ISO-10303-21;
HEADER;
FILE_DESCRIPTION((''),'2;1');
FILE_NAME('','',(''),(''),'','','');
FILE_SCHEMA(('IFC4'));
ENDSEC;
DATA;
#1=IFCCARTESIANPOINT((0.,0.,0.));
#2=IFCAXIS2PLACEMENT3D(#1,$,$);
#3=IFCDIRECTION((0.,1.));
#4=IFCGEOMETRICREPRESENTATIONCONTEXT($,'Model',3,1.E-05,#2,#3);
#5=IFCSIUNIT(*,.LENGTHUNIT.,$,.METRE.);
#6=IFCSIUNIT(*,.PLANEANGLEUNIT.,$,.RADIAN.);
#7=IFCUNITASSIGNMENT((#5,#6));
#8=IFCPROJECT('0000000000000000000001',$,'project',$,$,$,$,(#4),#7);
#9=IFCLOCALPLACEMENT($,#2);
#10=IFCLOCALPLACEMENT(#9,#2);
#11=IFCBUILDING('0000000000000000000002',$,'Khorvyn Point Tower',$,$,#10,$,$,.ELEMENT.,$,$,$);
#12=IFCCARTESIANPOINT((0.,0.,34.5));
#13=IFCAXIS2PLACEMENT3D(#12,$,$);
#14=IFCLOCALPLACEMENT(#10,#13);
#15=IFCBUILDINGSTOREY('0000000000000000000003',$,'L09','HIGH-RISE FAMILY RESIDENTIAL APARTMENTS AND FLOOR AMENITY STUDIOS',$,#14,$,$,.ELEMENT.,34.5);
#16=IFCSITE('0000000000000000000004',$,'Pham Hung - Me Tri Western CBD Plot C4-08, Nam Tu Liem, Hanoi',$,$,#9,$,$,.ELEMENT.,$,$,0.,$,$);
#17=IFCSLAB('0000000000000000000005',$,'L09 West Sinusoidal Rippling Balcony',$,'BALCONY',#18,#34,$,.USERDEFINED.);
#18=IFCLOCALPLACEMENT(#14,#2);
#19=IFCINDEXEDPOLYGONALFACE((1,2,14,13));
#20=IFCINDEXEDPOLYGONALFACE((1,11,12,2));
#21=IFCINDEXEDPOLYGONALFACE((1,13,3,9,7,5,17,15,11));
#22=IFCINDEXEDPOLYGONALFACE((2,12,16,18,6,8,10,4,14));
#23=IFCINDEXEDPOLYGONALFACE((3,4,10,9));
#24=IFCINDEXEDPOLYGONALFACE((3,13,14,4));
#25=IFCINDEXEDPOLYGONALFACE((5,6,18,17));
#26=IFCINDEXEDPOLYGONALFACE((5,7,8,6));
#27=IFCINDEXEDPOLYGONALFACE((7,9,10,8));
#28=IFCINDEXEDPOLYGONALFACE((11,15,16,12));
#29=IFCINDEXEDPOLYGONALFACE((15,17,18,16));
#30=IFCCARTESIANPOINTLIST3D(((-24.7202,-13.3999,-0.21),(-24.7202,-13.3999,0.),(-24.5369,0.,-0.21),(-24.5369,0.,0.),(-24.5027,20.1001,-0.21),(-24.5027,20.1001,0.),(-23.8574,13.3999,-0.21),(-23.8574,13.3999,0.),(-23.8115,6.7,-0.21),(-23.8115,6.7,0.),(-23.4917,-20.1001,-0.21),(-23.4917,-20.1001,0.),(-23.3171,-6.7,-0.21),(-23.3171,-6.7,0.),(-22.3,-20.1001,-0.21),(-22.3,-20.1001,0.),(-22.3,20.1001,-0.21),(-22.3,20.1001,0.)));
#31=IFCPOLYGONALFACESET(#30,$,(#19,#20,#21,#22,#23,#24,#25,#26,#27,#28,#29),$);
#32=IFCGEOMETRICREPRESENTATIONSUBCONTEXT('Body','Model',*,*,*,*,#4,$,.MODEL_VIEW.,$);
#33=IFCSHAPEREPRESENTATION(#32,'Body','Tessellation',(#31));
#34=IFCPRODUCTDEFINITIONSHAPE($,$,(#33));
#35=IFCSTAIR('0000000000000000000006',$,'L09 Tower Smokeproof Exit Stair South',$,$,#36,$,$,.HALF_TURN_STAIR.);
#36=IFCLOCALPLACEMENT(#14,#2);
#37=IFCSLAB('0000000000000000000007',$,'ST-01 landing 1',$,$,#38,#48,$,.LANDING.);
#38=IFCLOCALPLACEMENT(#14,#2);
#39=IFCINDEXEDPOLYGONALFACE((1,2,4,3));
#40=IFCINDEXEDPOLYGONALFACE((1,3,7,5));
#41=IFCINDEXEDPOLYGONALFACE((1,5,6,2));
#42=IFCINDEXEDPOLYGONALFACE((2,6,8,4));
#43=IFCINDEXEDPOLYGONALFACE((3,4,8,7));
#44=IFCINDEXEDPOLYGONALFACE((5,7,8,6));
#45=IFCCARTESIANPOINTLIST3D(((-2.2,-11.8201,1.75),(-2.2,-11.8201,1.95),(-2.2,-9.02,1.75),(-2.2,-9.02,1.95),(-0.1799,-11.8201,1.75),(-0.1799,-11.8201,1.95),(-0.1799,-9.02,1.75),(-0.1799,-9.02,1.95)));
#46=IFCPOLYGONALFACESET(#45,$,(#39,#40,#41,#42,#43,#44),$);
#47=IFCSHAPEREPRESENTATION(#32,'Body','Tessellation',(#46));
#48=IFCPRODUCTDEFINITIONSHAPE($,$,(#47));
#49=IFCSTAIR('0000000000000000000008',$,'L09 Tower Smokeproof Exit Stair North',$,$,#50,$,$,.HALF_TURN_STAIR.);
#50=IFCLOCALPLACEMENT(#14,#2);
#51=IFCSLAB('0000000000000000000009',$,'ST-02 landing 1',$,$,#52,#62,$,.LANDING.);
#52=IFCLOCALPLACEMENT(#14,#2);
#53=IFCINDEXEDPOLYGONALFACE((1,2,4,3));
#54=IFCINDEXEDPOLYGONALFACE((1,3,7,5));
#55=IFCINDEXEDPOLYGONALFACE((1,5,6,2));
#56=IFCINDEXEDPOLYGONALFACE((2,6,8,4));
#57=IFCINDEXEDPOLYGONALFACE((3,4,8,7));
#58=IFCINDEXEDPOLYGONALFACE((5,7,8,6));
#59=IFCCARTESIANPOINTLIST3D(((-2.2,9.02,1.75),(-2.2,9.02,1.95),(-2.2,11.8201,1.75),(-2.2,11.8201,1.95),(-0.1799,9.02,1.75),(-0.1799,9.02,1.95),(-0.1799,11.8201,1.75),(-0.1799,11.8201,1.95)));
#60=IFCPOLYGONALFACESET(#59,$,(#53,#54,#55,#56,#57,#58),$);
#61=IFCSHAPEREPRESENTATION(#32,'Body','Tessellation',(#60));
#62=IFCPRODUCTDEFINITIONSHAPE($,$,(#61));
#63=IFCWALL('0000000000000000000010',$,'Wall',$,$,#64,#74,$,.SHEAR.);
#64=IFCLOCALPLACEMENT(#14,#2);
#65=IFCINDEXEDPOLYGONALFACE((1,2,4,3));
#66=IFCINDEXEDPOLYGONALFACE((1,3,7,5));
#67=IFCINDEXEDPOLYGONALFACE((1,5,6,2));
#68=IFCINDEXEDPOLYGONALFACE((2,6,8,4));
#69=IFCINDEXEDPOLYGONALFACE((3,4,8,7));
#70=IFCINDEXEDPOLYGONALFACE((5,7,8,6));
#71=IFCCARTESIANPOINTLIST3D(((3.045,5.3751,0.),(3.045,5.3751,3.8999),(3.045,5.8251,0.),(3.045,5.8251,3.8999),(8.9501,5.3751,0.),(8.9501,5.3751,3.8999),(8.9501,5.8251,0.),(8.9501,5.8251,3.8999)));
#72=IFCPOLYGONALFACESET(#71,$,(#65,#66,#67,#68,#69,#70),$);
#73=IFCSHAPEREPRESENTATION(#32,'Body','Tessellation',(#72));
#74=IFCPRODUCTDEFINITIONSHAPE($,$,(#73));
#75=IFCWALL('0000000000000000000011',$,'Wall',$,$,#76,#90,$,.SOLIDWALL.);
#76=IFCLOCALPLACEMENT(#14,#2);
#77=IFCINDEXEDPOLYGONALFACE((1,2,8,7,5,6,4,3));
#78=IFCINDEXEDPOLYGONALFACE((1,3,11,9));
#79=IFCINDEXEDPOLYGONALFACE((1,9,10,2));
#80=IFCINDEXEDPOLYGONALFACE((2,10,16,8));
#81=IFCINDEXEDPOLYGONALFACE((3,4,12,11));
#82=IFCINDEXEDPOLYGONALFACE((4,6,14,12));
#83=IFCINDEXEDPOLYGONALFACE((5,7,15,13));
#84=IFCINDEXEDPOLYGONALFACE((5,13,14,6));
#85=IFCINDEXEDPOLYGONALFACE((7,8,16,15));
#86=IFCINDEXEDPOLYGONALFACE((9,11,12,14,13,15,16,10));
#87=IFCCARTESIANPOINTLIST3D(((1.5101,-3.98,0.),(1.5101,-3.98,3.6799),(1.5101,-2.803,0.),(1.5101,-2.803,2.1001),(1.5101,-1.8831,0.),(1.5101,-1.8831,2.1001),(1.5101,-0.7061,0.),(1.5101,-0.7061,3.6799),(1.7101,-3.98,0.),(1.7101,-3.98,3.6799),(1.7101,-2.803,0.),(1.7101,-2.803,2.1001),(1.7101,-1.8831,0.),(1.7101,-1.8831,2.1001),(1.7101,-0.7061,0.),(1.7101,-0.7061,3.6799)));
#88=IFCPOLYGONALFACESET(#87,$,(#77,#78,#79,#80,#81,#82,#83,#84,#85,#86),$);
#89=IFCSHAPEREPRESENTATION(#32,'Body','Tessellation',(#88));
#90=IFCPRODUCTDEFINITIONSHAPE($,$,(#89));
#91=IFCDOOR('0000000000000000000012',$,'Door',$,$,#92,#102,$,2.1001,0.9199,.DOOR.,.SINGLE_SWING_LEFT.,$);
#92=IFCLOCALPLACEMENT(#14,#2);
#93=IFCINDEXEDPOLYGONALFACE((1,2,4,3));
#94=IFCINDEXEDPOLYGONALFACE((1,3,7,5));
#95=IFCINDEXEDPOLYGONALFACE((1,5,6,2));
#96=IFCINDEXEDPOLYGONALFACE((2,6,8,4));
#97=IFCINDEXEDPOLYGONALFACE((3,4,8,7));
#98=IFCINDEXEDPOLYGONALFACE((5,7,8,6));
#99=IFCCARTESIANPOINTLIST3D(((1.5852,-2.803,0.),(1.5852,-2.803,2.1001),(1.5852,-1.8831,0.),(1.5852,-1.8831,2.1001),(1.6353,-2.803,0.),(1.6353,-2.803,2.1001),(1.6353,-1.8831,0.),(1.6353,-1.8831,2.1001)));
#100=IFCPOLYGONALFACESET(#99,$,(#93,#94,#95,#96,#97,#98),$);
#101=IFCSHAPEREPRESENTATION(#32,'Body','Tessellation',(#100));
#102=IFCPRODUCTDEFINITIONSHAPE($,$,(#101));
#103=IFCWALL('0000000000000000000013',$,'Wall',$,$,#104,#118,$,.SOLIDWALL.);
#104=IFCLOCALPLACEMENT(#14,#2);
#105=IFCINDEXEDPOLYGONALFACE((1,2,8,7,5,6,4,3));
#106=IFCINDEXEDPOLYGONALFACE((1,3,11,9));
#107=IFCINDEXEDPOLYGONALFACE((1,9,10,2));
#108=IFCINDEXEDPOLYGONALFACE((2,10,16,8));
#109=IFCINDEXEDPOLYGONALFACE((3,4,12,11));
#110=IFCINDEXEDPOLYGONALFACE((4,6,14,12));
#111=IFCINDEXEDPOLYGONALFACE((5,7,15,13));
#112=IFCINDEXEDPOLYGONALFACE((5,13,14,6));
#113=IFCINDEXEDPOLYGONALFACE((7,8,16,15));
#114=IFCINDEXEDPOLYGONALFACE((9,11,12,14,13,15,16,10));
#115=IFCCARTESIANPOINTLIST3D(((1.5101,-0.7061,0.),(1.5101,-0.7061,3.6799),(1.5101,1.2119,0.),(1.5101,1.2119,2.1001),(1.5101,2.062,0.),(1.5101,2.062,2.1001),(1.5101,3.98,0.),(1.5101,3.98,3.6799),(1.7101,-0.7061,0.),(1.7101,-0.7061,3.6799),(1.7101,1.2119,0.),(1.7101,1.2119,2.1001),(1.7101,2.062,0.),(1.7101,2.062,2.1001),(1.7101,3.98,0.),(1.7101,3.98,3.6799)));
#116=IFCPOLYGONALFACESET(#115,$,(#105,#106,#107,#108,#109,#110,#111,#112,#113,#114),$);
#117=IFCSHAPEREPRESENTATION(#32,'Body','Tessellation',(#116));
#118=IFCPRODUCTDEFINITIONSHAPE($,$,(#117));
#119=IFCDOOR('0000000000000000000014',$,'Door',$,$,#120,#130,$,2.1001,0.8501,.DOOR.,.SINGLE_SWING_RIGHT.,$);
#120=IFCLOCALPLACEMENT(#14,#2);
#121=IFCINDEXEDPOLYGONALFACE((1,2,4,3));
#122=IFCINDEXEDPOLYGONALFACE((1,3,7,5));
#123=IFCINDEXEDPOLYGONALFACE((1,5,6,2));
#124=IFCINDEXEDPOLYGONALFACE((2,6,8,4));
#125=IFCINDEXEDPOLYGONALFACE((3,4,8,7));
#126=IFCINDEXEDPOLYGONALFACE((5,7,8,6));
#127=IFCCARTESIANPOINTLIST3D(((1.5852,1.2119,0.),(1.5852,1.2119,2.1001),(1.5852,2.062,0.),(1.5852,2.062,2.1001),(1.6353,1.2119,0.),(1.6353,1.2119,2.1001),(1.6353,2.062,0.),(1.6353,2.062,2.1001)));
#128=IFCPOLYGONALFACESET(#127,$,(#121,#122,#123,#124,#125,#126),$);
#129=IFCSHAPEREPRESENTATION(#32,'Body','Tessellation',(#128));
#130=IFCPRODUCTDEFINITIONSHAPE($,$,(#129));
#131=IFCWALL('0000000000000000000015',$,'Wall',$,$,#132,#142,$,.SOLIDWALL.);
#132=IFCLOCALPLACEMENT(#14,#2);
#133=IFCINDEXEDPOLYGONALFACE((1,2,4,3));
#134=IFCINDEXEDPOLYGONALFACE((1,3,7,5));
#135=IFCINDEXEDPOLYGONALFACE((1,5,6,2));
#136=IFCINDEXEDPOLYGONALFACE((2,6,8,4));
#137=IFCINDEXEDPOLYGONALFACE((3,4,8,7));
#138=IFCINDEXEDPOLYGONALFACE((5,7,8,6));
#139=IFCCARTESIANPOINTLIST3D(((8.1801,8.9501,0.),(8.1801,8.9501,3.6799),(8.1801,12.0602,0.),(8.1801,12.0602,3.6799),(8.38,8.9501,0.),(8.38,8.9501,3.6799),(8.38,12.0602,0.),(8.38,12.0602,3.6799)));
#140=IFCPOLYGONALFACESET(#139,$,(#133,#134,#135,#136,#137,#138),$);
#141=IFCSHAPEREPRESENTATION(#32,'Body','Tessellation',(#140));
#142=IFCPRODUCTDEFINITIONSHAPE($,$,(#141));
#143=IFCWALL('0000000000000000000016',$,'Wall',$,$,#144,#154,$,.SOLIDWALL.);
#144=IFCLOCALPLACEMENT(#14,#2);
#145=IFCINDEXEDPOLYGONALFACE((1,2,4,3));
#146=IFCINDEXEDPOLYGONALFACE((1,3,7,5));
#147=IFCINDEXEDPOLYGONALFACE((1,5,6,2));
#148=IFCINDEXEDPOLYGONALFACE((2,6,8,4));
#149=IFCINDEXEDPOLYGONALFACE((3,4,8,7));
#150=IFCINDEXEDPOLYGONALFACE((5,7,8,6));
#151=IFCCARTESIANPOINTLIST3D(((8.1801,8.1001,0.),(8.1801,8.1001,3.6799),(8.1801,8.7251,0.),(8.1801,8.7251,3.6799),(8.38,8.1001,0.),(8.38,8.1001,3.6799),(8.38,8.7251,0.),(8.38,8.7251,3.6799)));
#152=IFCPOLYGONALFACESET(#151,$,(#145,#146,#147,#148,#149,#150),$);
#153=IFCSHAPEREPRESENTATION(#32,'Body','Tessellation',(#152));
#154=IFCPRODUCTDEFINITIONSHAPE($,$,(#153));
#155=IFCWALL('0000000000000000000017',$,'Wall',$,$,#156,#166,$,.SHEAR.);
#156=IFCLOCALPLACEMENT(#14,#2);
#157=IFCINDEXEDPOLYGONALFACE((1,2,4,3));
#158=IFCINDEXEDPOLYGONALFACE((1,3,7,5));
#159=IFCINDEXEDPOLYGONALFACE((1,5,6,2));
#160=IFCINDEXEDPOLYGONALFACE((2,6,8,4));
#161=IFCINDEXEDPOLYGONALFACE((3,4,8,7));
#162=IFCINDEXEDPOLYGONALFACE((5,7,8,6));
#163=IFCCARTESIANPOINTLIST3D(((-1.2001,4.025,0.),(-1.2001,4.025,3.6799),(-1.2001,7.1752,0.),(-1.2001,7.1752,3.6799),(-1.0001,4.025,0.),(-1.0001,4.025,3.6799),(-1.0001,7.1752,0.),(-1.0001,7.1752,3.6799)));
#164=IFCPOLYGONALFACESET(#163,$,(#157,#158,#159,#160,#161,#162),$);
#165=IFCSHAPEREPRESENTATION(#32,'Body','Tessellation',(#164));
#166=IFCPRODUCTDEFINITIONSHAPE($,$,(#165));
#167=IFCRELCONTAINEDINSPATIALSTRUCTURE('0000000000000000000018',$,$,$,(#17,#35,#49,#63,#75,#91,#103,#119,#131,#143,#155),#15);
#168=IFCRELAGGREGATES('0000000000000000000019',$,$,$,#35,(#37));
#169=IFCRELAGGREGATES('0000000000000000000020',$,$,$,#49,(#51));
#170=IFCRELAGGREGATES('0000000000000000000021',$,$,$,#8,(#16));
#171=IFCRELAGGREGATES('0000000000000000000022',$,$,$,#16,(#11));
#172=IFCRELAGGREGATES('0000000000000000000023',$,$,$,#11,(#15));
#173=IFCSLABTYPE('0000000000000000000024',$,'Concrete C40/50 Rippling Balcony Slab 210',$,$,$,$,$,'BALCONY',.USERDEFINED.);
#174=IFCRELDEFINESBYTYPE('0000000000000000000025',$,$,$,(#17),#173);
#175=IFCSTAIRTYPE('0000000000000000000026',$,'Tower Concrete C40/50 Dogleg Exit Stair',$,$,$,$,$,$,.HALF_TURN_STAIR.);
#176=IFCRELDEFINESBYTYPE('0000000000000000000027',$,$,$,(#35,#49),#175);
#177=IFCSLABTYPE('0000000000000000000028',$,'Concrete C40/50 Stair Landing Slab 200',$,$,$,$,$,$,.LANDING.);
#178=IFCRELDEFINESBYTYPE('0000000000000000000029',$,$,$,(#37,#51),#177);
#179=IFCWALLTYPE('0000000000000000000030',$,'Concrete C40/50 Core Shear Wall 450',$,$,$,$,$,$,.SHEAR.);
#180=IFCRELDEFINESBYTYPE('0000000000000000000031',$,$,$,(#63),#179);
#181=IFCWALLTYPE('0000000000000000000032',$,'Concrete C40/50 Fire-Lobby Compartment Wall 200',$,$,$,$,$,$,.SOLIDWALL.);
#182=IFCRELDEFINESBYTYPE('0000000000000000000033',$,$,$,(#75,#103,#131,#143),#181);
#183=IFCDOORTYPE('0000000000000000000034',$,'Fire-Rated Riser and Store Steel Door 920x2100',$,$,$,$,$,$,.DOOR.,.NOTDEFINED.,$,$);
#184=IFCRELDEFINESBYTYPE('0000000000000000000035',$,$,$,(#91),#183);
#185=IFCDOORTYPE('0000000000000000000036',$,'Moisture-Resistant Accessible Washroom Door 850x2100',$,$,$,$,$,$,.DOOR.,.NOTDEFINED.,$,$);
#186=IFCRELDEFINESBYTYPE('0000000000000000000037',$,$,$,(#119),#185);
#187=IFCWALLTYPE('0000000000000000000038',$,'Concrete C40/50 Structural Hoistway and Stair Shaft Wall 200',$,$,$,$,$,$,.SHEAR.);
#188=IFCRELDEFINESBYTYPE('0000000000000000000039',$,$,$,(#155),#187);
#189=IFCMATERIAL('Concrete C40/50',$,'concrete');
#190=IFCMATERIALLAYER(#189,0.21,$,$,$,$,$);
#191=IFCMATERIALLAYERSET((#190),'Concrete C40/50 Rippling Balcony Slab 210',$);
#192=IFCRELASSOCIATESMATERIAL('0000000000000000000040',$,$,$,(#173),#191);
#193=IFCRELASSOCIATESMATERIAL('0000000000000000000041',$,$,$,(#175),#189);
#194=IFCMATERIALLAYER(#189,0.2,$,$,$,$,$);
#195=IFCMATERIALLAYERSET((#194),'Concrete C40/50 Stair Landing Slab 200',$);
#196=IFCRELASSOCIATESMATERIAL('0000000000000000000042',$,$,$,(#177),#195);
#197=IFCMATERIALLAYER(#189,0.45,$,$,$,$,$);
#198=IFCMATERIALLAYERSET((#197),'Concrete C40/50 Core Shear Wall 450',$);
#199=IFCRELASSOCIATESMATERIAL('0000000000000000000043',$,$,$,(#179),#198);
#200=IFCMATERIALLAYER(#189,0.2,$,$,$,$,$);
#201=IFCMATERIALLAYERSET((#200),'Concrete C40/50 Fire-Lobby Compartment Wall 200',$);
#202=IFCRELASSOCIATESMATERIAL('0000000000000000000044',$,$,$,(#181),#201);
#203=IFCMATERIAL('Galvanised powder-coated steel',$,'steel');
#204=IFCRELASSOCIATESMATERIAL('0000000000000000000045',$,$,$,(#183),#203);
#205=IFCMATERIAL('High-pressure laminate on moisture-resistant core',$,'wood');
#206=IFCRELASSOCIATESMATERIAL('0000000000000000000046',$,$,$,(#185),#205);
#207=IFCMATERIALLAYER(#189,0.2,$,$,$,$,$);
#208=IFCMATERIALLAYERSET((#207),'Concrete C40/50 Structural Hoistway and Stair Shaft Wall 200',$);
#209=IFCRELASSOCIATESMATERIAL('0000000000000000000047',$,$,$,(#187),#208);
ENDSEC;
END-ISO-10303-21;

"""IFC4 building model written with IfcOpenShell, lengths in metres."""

from ifc_helpers import new_model, si_unit, direction, frame, frame_2d, origin, place, context, subcontext, project, spatial, polyline, rectangle, outline, extrude, material, layer, layer_set, type_object, element, fill, aggregate, save


model = new_model("IFC4")

# Units and contexts
model_context = context("Model", 3, precision=1e-05, world=origin(), true_north=direction((0.0, 1.0)))
body_context = subcontext(model_context, "Body", "Model", "MODEL_VIEW")
ifc_project = project(units=[si_unit("LENGTHUNIT", "METRE"), si_unit("PLANEANGLEUNIT", "RADIAN")], contexts=[model_context])

# Site, building, storey
site_placement = place(None, origin())
site = spatial("IfcSite", under=ifc_project, at=site_placement, Name="Pham Hung - Me Tri Western CBD Plot C4-08, Nam Tu Liem, Hanoi", CompositionType="ELEMENT", RefElevation=0.0)
building_placement = place(site_placement, origin())
building = spatial("IfcBuilding", under=site, at=building_placement, Name="Khorvyn Point Tower", CompositionType="ELEMENT")
storey_placement = place(building_placement, frame((0.0, 0.0, 34.5)))
storey = spatial("IfcBuildingStorey", under=building, at=storey_placement, Name="L09", Description="HIGH-RISE FAMILY RESIDENTIAL APARTMENTS AND FLOOR AMENITY STUDIOS", CompositionType="ELEMENT", Elevation=34.5)

# Shared definitions
ifc_material_1 = material(Name="Concrete C40/50", Category="concrete")

# Slab
ifc_layer_1 = layer(ifc_material_1, 0.21)
ifc_layer_set_1 = layer_set([ifc_layer_1], Name="Concrete C40/50 Rippling Balcony Slab 210")
slab_type_1 = type_object("IfcSlabType", Name="Concrete C40/50 Rippling Balcony Slab 210", ElementType="BALCONY", PredefinedType="USERDEFINED", material=ifc_layer_set_1)
slab_1_placement = place(storey_placement, frame((0.0, 0.0, -0.21)))
element("IfcSlab", 1, at=slab_1_placement, inside=storey, type_object=slab_type_1, Name="L09 West Sinusoidal Rippling Balcony", ObjectType="BALCONY", PredefinedType="USERDEFINED", context=body_context, shape_type="SweptSolid", body=[
    extrude(outline(polyline([(-22.3, 20.1001), (-24.5027, 20.1001), (-23.8574, 13.3999), (-23.8115, 6.7), (-24.5369, 0.0), (-23.3171, -6.7), (-24.7202, -13.3999), (-23.4917, -20.1001), (-22.3, -20.1001), (-22.3, 20.1001)])), origin(), (0.0, 0.0, 1.0), 0.21),
])

# Stairs, slabs
stair_type = type_object("IfcStairType", Name="Tower Concrete C40/50 Dogleg Exit Stair", PredefinedType="HALF_TURN_STAIR", material=ifc_material_1)
stair_1_placement = place(storey_placement, origin())
stair_1 = element("IfcStair", 2, at=stair_1_placement, inside=storey, type_object=stair_type, Name="L09 Tower Smokeproof Exit Stair South", PredefinedType="HALF_TURN_STAIR")
ifc_layer_2 = layer(ifc_material_1, 0.2)
ifc_layer_set_2 = layer_set([ifc_layer_2], Name="Concrete C40/50 Stair Landing Slab 200")
slab_type_2 = type_object("IfcSlabType", Name="Concrete C40/50 Stair Landing Slab 200", PredefinedType="LANDING", material=ifc_layer_set_2)
slab_2_placement = place(storey_placement, frame((0.0, 0.0, 1.75)))
slab_2 = element("IfcSlab", 3, at=slab_2_placement, type_object=slab_type_2, Name="ST-01 landing 1", PredefinedType="LANDING", context=body_context, shape_type="SweptSolid", body=[
    extrude(outline(polyline([(-0.1799, -9.02), (-2.2, -9.02), (-2.2, -11.8201), (-0.1799, -11.8201), (-0.1799, -9.02)])), origin(), (0.0, 0.0, 1.0), 0.2),
])
aggregate(stair_1, [slab_2])
stair_2_placement = place(storey_placement, origin())
stair_2 = element("IfcStair", 4, at=stair_2_placement, inside=storey, type_object=stair_type, Name="L09 Tower Smokeproof Exit Stair North", PredefinedType="HALF_TURN_STAIR")
slab_3_placement = place(storey_placement, frame((0.0, 0.0, 1.75)))
slab_3 = element("IfcSlab", 5, at=slab_3_placement, type_object=slab_type_2, Name="ST-02 landing 1", PredefinedType="LANDING", context=body_context, shape_type="SweptSolid", body=[
    extrude(outline(polyline([(-0.1799, 11.8201), (-2.2, 11.8201), (-2.2, 9.02), (-0.1799, 9.02), (-0.1799, 11.8201)])), origin(), (0.0, 0.0, 1.0), 0.2),
])
aggregate(stair_2, [slab_3])

# Wall
ifc_layer_3 = layer(ifc_material_1, 0.45)
ifc_layer_set_3 = layer_set([ifc_layer_3], Name="Concrete C40/50 Core Shear Wall 450")
wall_type_1 = type_object("IfcWallType", Name="Concrete C40/50 Core Shear Wall 450", PredefinedType="SHEAR", material=ifc_layer_set_3)
wall_1_placement = place(storey_placement, frame((3.0449, 5.6001, 0.0), z_axis=(0.0, 0.0, 1.0), x_axis=(1.0, 0.0, 0.0)))
element("IfcWall", 6, at=wall_1_placement, inside=storey, type_object=wall_type_1, Name="Wall", PredefinedType="SHEAR", context=body_context, shape_type="SweptSolid", body=[
    extrude(rectangle(XDim=5.905, YDim=0.45, at=frame_2d((2.9526, 0.0))), origin(), (0.0, 0.0, 1.0), 3.8999),
])

# Walls, openings, doors
ifc_layer_4 = layer(ifc_material_1, 0.2)
ifc_layer_set_4 = layer_set([ifc_layer_4], Name="Concrete C40/50 Fire-Lobby Compartment Wall 200")
wall_type_2 = type_object("IfcWallType", Name="Concrete C40/50 Fire-Lobby Compartment Wall 200", PredefinedType="SOLIDWALL", material=ifc_layer_set_4)
wall_2_placement = place(storey_placement, frame((1.6101, -3.98, 0.0), z_axis=(0.0, 0.0, 1.0), x_axis=(0.0, 1.0, 0.0)))
wall_2 = element("IfcWall", 7, at=wall_2_placement, inside=storey, type_object=wall_type_2, Name="Wall", PredefinedType="SOLIDWALL", context=body_context, shape_type="SweptSolid", body=[
    extrude(rectangle(XDim=3.2739, YDim=0.2, at=frame_2d((1.637, 0.0))), origin(), (0.0, 0.0, 1.0), 3.6799),
])
opening_1_placement = place(wall_2_placement, frame((1.177, 0.0, 0.0)))
opening_1 = element("IfcOpeningElement", 8, at=opening_1_placement, cuts=wall_2, PredefinedType="OPENING", context=body_context, shape_type="SweptSolid", body=[
    extrude(rectangle(XDim=0.9199, YDim=2.1001, at=frame_2d((0.46, 1.05))), frame((0.0, 0.1099, 0.0), z_axis=(0.0, -1.0, 0.0), x_axis=(1.0, 0.0, 0.0)), (0.0, 0.0, 1.0), 0.22),
])
ifc_material_2 = material(Name="Galvanised powder-coated steel", Category="steel")
door_type_1 = type_object("IfcDoorType", Name="Fire-Rated Riser and Store Steel Door 920x2100", OperationType="NOTDEFINED", PredefinedType="DOOR", material=ifc_material_2)
door_1_placement = place(opening_1_placement, origin())
door_1 = element("IfcDoor", 9, at=door_1_placement, inside=storey, type_object=door_type_1, Name="Door", OperationType="SINGLE_SWING_LEFT", OverallHeight=2.1001, OverallWidth=0.9199, PredefinedType="DOOR", context=body_context, shape_type="SweptSolid", body=[
    extrude(rectangle(XDim=0.9199, YDim=2.1001, at=frame_2d((0.46, 1.05))), frame((0.0, 0.0249, 0.0), z_axis=(0.0, -1.0, 0.0), x_axis=(1.0, 0.0, 0.0)), (0.0, 0.0, 1.0), 0.05),
])
fill(opening_1, door_1)
wall_3_placement = place(storey_placement, frame((1.6101, -0.7061, 0.0), z_axis=(0.0, 0.0, 1.0), x_axis=(0.0, 1.0, 0.0)))
wall_3 = element("IfcWall", 10, at=wall_3_placement, inside=storey, type_object=wall_type_2, Name="Wall", PredefinedType="SOLIDWALL", context=body_context, shape_type="SweptSolid", body=[
    extrude(rectangle(XDim=4.686, YDim=0.2, at=frame_2d((2.343, 0.0))), origin(), (0.0, 0.0, 1.0), 3.6799),
])
opening_2_placement = place(wall_3_placement, frame((1.918, 0.0, 0.0)))
opening_2 = element("IfcOpeningElement", 11, at=opening_2_placement, cuts=wall_3, PredefinedType="OPENING", context=body_context, shape_type="SweptSolid", body=[
    extrude(rectangle(XDim=0.8501, YDim=2.1001, at=frame_2d((0.425, 1.05))), frame((0.0, 0.1099, 0.0), z_axis=(0.0, -1.0, 0.0), x_axis=(1.0, 0.0, 0.0)), (0.0, 0.0, 1.0), 0.22),
])
ifc_material_3 = material(Name="High-pressure laminate on moisture-resistant core", Category="wood")
door_type_2 = type_object("IfcDoorType", Name="Moisture-Resistant Accessible Washroom Door 850x2100", OperationType="NOTDEFINED", PredefinedType="DOOR", material=ifc_material_3)
door_2_placement = place(opening_2_placement, origin())
door_2 = element("IfcDoor", 12, at=door_2_placement, inside=storey, type_object=door_type_2, Name="Door", OperationType="SINGLE_SWING_RIGHT", OverallHeight=2.1001, OverallWidth=0.8501, PredefinedType="DOOR", context=body_context, shape_type="SweptSolid", body=[
    extrude(rectangle(XDim=0.8501, YDim=2.1001, at=frame_2d((0.425, 1.05))), frame((0.0, 0.0249, 0.0), z_axis=(0.0, -1.0, 0.0), x_axis=(1.0, 0.0, 0.0)), (0.0, 0.0, 1.0), 0.05),
])
fill(opening_2, door_2)

# Walls
wall_4_placement = place(storey_placement, frame((8.28, 8.95, 0.0), z_axis=(0.0, 0.0, 1.0), x_axis=(0.0, 1.0, 0.0)))
element("IfcWall", 13, at=wall_4_placement, inside=storey, type_object=wall_type_2, Name="Wall", PredefinedType="SOLIDWALL", context=body_context, shape_type="SweptSolid", body=[
    extrude(rectangle(XDim=3.1101, YDim=0.2, at=frame_2d((1.5552, 0.0))), origin(), (0.0, 0.0, 1.0), 3.6799),
])
wall_5_placement = place(storey_placement, frame((8.28, 8.1001, 0.0), z_axis=(0.0, 0.0, 1.0), x_axis=(0.0, 1.0, 0.0)))
element("IfcWall", 14, at=wall_5_placement, inside=storey, type_object=wall_type_2, Name="Wall", PredefinedType="SOLIDWALL", context=body_context, shape_type="SweptSolid", body=[
    extrude(rectangle(XDim=0.625, YDim=0.2, at=frame_2d((0.3125, 0.0))), origin(), (0.0, 0.0, 1.0), 3.6799),
])
ifc_layer_5 = layer(ifc_material_1, 0.2)
ifc_layer_set_5 = layer_set([ifc_layer_5], Name="Concrete C40/50 Structural Hoistway and Stair Shaft Wall 200")
wall_type_3 = type_object("IfcWallType", Name="Concrete C40/50 Structural Hoistway and Stair Shaft Wall 200", PredefinedType="SHEAR", material=ifc_layer_set_5)
wall_6_placement = place(storey_placement, frame((-1.1001, 4.0249, 0.0), z_axis=(0.0, 0.0, 1.0), x_axis=(0.0, 1.0, 0.0)))
element("IfcWall", 15, at=wall_6_placement, inside=storey, type_object=wall_type_3, Name="Wall", PredefinedType="SHEAR", context=body_context, shape_type="SweptSolid", body=[
    extrude(rectangle(XDim=3.1501, YDim=0.2, at=frame_2d((1.5752, 0.0))), origin(), (0.0, 0.0, 1.0), 3.6799),
])

save(model, "model.ifc")
